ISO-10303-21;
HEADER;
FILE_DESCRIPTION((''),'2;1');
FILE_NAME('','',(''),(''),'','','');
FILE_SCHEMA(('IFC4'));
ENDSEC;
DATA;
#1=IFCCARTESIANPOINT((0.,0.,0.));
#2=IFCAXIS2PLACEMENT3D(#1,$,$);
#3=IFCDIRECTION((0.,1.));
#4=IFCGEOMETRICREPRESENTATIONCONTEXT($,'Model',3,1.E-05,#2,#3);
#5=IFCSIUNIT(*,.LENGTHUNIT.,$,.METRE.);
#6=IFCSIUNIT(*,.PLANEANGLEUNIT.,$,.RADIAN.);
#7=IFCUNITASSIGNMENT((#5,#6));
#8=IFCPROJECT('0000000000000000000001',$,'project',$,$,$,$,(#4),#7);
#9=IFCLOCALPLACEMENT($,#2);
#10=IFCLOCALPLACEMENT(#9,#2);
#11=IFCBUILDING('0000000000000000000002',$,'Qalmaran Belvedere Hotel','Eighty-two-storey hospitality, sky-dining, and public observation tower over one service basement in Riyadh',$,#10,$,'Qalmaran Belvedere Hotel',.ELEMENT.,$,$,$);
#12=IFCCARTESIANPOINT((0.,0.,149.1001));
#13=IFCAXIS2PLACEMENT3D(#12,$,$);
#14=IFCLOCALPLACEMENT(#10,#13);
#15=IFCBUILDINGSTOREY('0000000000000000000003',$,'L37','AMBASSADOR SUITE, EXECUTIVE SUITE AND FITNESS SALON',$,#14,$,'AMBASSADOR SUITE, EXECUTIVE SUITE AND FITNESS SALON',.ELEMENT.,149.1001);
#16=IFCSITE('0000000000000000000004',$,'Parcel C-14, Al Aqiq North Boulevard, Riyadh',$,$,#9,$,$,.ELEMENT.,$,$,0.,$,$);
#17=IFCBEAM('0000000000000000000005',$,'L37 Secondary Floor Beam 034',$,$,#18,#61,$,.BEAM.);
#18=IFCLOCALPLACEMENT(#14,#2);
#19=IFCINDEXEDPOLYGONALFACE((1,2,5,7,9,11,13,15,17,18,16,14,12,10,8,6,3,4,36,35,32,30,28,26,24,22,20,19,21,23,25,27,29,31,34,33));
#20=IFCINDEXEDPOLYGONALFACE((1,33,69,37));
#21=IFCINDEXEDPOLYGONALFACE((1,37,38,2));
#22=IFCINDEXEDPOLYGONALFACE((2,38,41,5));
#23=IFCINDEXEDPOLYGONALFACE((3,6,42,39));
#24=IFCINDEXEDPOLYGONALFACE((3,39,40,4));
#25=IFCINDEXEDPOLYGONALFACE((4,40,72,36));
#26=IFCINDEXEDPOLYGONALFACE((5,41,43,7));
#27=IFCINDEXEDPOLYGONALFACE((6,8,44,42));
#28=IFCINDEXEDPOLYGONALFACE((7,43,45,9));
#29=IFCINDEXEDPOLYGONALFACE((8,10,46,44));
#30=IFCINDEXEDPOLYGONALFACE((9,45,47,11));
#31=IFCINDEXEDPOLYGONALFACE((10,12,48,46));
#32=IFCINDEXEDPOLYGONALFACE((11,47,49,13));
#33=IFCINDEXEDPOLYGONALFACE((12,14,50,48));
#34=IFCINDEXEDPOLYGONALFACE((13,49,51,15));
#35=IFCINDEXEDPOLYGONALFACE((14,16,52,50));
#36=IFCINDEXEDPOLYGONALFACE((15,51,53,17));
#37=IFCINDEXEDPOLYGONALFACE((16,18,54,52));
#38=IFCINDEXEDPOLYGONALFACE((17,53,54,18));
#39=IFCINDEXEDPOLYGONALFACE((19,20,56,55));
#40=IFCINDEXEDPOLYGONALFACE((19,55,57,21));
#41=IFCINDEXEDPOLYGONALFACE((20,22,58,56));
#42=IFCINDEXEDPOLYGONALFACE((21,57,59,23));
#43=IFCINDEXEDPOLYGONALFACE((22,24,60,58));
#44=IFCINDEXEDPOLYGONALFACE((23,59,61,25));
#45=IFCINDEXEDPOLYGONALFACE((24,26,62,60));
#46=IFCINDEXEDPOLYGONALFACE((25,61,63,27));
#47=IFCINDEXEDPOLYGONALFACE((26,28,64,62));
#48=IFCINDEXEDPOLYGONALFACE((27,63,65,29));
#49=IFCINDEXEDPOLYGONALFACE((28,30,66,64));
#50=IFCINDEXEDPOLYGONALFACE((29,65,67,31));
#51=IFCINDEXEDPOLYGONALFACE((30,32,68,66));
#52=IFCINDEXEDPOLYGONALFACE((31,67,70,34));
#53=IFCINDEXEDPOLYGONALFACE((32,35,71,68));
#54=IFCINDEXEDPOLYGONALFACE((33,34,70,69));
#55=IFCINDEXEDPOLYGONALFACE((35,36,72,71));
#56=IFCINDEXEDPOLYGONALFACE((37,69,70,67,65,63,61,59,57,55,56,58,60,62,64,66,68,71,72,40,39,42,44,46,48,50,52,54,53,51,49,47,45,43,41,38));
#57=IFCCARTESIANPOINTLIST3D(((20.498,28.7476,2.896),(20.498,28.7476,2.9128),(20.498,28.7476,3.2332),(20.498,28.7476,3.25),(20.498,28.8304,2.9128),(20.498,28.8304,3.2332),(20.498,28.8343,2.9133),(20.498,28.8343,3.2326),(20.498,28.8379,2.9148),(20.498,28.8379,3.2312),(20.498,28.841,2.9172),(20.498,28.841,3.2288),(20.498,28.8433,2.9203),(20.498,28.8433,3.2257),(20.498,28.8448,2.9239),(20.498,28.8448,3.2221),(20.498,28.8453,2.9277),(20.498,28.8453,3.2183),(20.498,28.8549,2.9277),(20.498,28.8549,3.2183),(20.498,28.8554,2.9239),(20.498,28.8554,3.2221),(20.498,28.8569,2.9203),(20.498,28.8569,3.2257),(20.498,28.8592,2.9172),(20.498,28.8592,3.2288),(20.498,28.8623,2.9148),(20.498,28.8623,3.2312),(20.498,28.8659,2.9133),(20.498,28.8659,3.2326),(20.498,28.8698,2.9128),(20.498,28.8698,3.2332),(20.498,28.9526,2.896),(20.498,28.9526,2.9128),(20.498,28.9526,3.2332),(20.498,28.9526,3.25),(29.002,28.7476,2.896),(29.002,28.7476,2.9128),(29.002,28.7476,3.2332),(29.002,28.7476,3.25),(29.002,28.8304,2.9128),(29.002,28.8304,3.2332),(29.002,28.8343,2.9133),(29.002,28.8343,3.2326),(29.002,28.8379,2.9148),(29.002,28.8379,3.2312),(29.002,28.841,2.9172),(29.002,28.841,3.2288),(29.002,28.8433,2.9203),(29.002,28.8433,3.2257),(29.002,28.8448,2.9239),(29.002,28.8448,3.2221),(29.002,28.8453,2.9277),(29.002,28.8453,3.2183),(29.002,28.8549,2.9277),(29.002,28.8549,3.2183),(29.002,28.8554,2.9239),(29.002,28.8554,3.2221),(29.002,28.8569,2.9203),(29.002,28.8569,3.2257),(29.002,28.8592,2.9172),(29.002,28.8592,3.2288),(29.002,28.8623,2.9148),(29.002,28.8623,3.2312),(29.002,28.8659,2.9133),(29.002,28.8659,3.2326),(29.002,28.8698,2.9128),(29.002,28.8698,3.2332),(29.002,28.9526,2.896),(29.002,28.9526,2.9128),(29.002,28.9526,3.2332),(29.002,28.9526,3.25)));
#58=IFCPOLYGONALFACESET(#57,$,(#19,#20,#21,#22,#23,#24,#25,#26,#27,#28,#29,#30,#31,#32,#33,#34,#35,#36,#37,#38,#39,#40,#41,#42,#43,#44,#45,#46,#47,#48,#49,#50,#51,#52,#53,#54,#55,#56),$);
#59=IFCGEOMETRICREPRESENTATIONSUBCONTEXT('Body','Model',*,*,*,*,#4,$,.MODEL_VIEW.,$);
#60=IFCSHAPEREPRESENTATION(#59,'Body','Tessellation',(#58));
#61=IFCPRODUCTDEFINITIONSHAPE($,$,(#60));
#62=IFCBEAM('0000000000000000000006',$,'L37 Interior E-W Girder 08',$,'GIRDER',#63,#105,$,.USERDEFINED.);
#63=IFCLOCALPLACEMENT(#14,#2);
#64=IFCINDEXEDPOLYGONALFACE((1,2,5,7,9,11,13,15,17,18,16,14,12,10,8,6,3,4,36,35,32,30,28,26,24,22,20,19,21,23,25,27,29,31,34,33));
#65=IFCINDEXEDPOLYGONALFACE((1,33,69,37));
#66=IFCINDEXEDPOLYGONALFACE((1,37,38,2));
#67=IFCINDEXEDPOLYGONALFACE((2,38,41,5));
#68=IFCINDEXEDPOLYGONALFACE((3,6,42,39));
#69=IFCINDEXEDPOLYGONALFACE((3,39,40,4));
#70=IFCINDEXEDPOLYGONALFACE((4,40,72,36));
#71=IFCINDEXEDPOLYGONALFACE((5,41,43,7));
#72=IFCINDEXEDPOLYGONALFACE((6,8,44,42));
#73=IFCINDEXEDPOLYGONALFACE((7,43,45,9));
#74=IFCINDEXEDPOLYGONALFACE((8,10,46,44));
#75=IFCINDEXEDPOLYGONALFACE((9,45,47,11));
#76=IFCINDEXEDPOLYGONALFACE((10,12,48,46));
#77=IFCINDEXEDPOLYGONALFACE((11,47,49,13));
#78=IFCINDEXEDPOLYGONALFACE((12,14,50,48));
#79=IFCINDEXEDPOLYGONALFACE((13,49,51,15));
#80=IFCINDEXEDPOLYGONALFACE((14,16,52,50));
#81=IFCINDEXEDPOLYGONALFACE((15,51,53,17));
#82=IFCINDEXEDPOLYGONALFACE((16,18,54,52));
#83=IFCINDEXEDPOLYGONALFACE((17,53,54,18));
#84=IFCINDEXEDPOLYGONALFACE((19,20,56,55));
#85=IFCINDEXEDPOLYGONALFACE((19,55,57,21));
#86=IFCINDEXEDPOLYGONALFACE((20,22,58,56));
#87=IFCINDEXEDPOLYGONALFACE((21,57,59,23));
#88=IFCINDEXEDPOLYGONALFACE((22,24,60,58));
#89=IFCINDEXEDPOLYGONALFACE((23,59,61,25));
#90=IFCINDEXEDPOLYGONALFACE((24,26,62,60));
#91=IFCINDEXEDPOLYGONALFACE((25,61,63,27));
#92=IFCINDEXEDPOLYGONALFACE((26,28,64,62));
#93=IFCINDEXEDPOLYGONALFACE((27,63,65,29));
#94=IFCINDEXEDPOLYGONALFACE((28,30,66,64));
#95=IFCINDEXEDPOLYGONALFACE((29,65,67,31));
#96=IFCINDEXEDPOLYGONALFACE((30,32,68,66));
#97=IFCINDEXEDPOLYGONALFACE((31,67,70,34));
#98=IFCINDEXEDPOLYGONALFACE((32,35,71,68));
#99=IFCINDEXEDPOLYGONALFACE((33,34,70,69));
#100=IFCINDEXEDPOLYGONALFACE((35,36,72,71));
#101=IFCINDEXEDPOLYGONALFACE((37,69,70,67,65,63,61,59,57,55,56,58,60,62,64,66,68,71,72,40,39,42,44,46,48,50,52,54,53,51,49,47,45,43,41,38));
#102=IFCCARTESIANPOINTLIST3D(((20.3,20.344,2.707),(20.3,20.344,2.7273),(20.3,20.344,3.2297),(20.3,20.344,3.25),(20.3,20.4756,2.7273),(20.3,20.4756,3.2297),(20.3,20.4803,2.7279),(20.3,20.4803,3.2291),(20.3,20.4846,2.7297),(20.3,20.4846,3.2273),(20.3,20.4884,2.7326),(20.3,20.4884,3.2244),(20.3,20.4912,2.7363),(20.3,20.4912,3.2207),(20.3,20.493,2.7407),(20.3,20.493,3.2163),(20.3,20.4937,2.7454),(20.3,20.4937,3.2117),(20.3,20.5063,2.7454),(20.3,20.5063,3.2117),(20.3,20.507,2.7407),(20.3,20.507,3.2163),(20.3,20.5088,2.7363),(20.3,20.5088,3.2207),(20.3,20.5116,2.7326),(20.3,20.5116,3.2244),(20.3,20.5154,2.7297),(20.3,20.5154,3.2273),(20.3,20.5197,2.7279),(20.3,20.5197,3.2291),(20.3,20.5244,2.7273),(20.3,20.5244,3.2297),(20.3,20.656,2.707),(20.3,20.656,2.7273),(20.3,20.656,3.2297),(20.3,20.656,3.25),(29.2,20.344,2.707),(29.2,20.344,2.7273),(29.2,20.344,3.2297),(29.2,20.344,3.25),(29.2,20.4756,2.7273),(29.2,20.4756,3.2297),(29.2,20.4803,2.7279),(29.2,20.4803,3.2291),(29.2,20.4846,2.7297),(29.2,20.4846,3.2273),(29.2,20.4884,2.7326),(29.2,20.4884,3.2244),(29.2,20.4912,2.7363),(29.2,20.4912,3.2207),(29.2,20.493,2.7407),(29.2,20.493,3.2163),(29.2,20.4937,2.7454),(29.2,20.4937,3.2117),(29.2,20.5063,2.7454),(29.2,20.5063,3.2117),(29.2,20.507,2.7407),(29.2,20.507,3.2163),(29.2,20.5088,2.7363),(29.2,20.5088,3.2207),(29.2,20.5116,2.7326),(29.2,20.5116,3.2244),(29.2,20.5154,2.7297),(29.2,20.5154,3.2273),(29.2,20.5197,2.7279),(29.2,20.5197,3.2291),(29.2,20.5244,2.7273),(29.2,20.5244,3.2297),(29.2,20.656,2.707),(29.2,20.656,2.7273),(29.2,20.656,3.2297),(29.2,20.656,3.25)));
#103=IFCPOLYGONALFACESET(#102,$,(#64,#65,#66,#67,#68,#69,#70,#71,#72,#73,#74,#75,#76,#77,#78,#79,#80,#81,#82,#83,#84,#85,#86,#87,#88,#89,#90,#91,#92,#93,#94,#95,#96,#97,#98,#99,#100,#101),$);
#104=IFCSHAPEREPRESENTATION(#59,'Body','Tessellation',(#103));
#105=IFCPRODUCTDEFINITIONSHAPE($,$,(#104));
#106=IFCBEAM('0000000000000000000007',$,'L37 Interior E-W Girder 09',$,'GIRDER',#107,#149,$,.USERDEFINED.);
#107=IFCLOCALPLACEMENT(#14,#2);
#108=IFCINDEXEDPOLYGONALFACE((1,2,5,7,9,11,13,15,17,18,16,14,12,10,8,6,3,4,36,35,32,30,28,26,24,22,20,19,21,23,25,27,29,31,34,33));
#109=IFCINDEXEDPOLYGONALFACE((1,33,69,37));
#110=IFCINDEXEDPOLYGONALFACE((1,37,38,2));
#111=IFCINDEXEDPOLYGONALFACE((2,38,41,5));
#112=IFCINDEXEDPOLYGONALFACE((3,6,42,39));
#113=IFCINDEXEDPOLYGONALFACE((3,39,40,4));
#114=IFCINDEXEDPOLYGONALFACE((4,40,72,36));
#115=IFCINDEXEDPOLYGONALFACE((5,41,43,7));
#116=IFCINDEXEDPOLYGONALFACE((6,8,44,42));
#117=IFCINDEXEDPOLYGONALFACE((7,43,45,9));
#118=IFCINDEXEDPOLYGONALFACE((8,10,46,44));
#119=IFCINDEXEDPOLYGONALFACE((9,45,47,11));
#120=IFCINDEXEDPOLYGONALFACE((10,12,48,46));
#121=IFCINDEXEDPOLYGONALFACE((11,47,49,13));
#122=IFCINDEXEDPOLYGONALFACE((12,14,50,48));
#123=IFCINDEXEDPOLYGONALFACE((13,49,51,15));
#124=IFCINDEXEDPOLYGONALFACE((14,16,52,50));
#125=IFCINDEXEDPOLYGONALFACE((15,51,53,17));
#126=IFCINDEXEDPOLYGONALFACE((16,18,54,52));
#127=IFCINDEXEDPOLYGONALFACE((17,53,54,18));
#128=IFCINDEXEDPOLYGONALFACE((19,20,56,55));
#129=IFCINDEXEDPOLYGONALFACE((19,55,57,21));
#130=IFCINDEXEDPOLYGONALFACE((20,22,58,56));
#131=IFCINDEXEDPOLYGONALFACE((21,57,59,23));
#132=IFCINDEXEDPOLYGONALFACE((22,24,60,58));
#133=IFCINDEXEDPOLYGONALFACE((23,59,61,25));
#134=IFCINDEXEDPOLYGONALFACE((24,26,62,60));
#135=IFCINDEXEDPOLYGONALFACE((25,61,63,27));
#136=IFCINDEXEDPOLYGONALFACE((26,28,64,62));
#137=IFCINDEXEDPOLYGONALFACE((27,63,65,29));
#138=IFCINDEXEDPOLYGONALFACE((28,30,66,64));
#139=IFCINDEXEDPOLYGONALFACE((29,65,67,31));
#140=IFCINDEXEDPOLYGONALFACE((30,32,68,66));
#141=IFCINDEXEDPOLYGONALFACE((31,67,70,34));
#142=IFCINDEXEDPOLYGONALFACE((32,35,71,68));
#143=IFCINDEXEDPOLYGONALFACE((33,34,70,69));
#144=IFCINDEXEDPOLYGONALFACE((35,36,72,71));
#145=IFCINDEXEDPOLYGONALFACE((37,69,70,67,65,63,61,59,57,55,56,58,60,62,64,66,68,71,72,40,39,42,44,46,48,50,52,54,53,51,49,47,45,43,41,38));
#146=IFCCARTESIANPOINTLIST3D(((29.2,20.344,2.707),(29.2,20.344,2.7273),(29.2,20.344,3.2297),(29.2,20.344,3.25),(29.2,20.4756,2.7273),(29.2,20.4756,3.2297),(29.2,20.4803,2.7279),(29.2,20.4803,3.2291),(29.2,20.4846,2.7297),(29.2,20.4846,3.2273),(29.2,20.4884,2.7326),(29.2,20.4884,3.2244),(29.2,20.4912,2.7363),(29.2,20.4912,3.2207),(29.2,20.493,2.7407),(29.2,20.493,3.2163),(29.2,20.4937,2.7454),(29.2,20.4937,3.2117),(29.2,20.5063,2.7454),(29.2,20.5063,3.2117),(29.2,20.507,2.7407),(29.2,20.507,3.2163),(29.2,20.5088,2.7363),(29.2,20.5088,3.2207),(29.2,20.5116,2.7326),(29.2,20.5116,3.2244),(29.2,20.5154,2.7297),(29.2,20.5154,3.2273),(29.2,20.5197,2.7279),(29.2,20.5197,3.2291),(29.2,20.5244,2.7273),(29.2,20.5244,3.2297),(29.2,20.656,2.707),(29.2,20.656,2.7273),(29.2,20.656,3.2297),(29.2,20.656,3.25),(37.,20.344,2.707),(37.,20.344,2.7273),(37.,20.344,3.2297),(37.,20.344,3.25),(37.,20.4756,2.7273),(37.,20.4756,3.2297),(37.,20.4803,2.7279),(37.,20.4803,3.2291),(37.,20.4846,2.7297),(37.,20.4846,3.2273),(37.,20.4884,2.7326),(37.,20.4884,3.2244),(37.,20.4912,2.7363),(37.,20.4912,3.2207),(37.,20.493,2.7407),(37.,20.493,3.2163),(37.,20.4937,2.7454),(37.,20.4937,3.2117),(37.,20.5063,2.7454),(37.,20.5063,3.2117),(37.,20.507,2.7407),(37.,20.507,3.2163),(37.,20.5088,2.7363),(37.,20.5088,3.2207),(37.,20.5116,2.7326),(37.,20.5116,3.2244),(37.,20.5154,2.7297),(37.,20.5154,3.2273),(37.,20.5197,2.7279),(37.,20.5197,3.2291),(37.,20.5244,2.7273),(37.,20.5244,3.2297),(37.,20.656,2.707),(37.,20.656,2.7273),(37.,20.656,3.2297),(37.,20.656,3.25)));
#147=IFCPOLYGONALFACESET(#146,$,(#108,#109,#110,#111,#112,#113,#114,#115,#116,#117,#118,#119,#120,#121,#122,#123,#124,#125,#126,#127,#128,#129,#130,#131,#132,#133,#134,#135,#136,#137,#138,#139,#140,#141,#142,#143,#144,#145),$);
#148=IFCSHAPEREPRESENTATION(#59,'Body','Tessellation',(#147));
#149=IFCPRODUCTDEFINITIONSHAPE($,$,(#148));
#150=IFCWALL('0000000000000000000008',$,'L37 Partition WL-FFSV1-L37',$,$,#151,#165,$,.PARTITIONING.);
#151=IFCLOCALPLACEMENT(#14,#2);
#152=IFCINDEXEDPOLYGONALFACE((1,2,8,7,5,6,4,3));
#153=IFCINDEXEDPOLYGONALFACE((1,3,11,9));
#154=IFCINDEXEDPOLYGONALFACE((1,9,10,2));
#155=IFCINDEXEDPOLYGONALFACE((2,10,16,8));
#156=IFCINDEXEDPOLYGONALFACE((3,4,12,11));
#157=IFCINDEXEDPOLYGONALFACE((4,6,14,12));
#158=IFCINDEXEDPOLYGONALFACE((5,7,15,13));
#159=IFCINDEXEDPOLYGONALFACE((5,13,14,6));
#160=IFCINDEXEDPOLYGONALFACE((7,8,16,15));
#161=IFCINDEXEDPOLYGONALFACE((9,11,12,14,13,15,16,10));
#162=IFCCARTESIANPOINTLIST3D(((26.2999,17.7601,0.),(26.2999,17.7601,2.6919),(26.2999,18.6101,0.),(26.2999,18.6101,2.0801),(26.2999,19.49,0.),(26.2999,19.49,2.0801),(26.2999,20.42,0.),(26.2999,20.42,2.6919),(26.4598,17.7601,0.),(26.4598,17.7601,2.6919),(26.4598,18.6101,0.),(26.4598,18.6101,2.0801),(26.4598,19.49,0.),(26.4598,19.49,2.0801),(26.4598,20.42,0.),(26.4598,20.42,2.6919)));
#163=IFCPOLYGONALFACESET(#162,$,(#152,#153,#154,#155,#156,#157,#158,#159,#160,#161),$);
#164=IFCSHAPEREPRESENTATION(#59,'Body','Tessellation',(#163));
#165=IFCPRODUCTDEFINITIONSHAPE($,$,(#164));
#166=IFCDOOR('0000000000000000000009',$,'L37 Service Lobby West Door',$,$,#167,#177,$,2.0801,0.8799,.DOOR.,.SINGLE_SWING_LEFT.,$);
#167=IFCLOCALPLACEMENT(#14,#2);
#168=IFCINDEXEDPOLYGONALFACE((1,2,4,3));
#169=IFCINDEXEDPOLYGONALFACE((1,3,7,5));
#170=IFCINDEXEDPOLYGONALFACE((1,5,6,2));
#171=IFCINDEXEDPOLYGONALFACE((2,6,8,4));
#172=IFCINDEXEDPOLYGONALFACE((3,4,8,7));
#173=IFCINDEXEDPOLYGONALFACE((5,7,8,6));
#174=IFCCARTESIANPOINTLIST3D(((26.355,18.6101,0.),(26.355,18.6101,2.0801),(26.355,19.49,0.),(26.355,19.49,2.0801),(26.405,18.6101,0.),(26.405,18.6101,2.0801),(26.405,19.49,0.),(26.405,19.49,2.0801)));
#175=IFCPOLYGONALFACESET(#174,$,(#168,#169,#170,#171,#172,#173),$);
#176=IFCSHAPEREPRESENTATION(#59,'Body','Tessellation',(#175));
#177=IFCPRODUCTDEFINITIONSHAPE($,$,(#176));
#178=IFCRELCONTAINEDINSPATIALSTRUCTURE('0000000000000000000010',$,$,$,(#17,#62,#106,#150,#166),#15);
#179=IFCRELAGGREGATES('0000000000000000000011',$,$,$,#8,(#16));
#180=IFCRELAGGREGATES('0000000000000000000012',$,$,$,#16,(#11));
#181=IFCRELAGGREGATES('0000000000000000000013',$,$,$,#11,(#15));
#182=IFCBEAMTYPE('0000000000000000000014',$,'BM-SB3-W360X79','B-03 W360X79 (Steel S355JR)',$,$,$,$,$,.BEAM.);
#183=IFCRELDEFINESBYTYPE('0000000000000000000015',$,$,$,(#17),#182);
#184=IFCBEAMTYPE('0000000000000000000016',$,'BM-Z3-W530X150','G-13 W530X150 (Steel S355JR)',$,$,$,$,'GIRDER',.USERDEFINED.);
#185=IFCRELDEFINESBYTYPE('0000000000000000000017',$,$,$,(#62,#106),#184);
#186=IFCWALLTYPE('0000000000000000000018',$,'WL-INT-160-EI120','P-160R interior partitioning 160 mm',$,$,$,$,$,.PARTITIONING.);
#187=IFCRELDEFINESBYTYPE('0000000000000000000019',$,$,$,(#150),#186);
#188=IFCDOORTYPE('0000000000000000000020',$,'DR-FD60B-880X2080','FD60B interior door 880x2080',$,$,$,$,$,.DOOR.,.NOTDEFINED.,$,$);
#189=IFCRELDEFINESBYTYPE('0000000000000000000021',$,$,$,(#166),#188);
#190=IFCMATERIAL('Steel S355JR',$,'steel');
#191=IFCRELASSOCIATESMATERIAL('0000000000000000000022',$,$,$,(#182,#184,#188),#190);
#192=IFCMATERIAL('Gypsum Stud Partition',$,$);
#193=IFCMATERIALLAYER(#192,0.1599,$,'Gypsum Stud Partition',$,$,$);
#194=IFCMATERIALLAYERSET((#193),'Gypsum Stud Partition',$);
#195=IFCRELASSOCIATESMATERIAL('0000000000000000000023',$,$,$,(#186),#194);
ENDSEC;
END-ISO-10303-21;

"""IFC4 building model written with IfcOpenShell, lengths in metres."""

from ifc_helpers import new_model, si_unit, direction, frame, frame_2d, origin, origin_2d, place, context, subcontext, project, spatial, rectangle, i_section, extrude, material, layer, layer_set, material_profile, profile_set, type_object, element, fill, save


model = new_model("IFC4")

# Units and contexts
model_context = context("Model", 3, precision=1e-05, world=origin(), true_north=direction((0.0, 1.0)))
body_context = subcontext(model_context, "Body", "Model", "MODEL_VIEW")
ifc_project = project(units=[si_unit("LENGTHUNIT", "METRE"), si_unit("PLANEANGLEUNIT", "RADIAN")], contexts=[model_context])

# Site, building, storey
site_placement = place(None, origin())
site = spatial("IfcSite", under=ifc_project, at=site_placement, Name="Parcel C-14, Al Aqiq North Boulevard, Riyadh", CompositionType="ELEMENT", RefElevation=0.0)
building_placement = place(site_placement, origin())
building = spatial("IfcBuilding", under=site, at=building_placement, Name="Qalmaran Belvedere Hotel", Description="Eighty-two-storey hospitality, sky-dining, and public observation tower over one service basement in Riyadh", LongName="Qalmaran Belvedere Hotel", CompositionType="ELEMENT")
storey_placement = place(building_placement, frame((0.0, 0.0, 149.1001)))
storey = spatial("IfcBuildingStorey", under=building, at=storey_placement, Name="L37", Description="AMBASSADOR SUITE, EXECUTIVE SUITE AND FITNESS SALON", LongName="AMBASSADOR SUITE, EXECUTIVE SUITE AND FITNESS SALON", CompositionType="ELEMENT", Elevation=149.1001)

# Beams
ifc_material_1 = material(Name="Steel S355JR", Category="steel")
ifc_material_profile_1 = material_profile(ifc_material_1, i_section(OverallWidth=0.2051, OverallDepth=0.354, WebThickness=0.0095, FlangeThickness=0.0168, FilletRadius=0.0149, at=origin_2d()), Name="W360X79")
ifc_profile_set_1 = profile_set([ifc_material_profile_1], Name="Steel S355JR")
beam_type_1 = type_object("IfcBeamType", Name="BM-SB3-W360X79", Description="B-03 W360X79 (Steel S355JR)", PredefinedType="BEAM", material=ifc_profile_set_1)
for number, where, z_axis, x_axis, name in (
    (1, (20.498, 28.8501, 3.073), (1.0, 0.0, 0.0), (0.0, 1.0, 0.0), "L37 Secondary Floor Beam 034"),
):
    element("IfcBeam", number, at=place(storey_placement, frame(where, z_axis=z_axis, x_axis=x_axis)), inside=storey, type_object=beam_type_1, Name=name, PredefinedType="BEAM", context=body_context, shape_type="SweptSolid", body=[
        extrude(i_section(OverallWidth=0.2051, OverallDepth=0.354, WebThickness=0.0095, FlangeThickness=0.0168, FilletRadius=0.0149, at=origin_2d()), origin(), (0.0, 0.0, 1.0), 8.5039),
    ])
ifc_material_profile_2 = material_profile(ifc_material_1, i_section(OverallWidth=0.312, OverallDepth=0.543, WebThickness=0.0127, FlangeThickness=0.0203, FilletRadius=0.0181, at=origin_2d()), Name="W530X150")
ifc_profile_set_2 = profile_set([ifc_material_profile_2], Name="Steel S355JR")
beam_type_2 = type_object("IfcBeamType", Name="BM-Z3-W530X150", Description="G-13 W530X150 (Steel S355JR)", ElementType="GIRDER", PredefinedType="USERDEFINED", material=ifc_profile_set_2)
beam_1_placement = place(storey_placement, frame((20.3, 20.5, 2.9785), z_axis=(1.0, 0.0, 0.0), x_axis=(0.0, 1.0, 0.0)))
element("IfcBeam", 2, at=beam_1_placement, inside=storey, type_object=beam_type_2, Name="L37 Interior E-W Girder 08", ObjectType="GIRDER", PredefinedType="USERDEFINED", context=body_context, shape_type="SweptSolid", body=[
    extrude(i_section(OverallWidth=0.312, OverallDepth=0.543, WebThickness=0.0127, FlangeThickness=0.0203, FilletRadius=0.0181, at=origin_2d()), origin(), (0.0, 0.0, 1.0), 8.8999),
])
beam_2_placement = place(storey_placement, frame((29.2, 20.5, 2.9785), z_axis=(1.0, 0.0, 0.0), x_axis=(0.0, 1.0, 0.0)))
element("IfcBeam", 3, at=beam_2_placement, inside=storey, type_object=beam_type_2, Name="L37 Interior E-W Girder 09", ObjectType="GIRDER", PredefinedType="USERDEFINED", context=body_context, shape_type="SweptSolid", body=[
    extrude(i_section(OverallWidth=0.312, OverallDepth=0.543, WebThickness=0.0127, FlangeThickness=0.0203, FilletRadius=0.0181, at=origin_2d()), origin(), (0.0, 0.0, 1.0), 7.8),
])

# Wall, opening, door
ifc_material_2 = material(Name="Gypsum Stud Partition")
ifc_layer_1 = layer(ifc_material_2, 0.1599, Name="Gypsum Stud Partition")
ifc_layer_set_1 = layer_set([ifc_layer_1], Name="Gypsum Stud Partition")
wall_type_1 = type_object("IfcWallType", Name="WL-INT-160-EI120", Description="P-160R interior partitioning 160 mm", PredefinedType="PARTITIONING", material=ifc_layer_set_1)
wall_1_placement = place(storey_placement, frame((26.3799, 17.76, 0.0), z_axis=(0.0, 0.0, 1.0), x_axis=(0.0, 1.0, 0.0)))
wall_1 = element("IfcWall", 4, at=wall_1_placement, inside=storey, type_object=wall_type_1, Name="L37 Partition WL-FFSV1-L37", PredefinedType="PARTITIONING", context=body_context, shape_type="SweptSolid", body=[
    extrude(rectangle(XDim=2.6599, YDim=0.1599, at=frame_2d((1.3301, 0.0))), origin(), (0.0, 0.0, 1.0), 2.6919),
])
opening_1_placement = place(wall_1_placement, frame((0.8501, 0.0, 0.0)))
opening_1 = element("IfcOpeningElement", 5, at=opening_1_placement, cuts=wall_1, PredefinedType="OPENING", context=body_context, shape_type="SweptSolid", body=[
    extrude(rectangle(XDim=0.8799, YDim=2.0801, at=frame_2d((0.4399, 1.04))), frame((0.0, 0.0898, 0.0), z_axis=(0.0, -1.0, 0.0), x_axis=(1.0, 0.0, 0.0)), (0.0, 0.0, 1.0), 0.1799),
])
door_type_1 = type_object("IfcDoorType", Name="DR-FD60B-880X2080", Description="FD60B interior door 880x2080", OperationType="NOTDEFINED", PredefinedType="DOOR", material=ifc_material_1)
door_1_placement = place(opening_1_placement, origin())
door_1 = element("IfcDoor", 6, at=door_1_placement, inside=storey, type_object=door_type_1, Name="L37 Service Lobby West Door", OperationType="SINGLE_SWING_LEFT", OverallHeight=2.0801, OverallWidth=0.8799, PredefinedType="DOOR", context=body_context, shape_type="SweptSolid", body=[
    extrude(rectangle(XDim=0.8799, YDim=2.0801, at=frame_2d((0.4399, 1.04))), frame((0.0, 0.0249, 0.0), z_axis=(0.0, -1.0, 0.0), x_axis=(1.0, 0.0, 0.0)), (0.0, 0.0, 1.0), 0.05),
])
fill(opening_1, door_1)

save(model, "model.ifc")
